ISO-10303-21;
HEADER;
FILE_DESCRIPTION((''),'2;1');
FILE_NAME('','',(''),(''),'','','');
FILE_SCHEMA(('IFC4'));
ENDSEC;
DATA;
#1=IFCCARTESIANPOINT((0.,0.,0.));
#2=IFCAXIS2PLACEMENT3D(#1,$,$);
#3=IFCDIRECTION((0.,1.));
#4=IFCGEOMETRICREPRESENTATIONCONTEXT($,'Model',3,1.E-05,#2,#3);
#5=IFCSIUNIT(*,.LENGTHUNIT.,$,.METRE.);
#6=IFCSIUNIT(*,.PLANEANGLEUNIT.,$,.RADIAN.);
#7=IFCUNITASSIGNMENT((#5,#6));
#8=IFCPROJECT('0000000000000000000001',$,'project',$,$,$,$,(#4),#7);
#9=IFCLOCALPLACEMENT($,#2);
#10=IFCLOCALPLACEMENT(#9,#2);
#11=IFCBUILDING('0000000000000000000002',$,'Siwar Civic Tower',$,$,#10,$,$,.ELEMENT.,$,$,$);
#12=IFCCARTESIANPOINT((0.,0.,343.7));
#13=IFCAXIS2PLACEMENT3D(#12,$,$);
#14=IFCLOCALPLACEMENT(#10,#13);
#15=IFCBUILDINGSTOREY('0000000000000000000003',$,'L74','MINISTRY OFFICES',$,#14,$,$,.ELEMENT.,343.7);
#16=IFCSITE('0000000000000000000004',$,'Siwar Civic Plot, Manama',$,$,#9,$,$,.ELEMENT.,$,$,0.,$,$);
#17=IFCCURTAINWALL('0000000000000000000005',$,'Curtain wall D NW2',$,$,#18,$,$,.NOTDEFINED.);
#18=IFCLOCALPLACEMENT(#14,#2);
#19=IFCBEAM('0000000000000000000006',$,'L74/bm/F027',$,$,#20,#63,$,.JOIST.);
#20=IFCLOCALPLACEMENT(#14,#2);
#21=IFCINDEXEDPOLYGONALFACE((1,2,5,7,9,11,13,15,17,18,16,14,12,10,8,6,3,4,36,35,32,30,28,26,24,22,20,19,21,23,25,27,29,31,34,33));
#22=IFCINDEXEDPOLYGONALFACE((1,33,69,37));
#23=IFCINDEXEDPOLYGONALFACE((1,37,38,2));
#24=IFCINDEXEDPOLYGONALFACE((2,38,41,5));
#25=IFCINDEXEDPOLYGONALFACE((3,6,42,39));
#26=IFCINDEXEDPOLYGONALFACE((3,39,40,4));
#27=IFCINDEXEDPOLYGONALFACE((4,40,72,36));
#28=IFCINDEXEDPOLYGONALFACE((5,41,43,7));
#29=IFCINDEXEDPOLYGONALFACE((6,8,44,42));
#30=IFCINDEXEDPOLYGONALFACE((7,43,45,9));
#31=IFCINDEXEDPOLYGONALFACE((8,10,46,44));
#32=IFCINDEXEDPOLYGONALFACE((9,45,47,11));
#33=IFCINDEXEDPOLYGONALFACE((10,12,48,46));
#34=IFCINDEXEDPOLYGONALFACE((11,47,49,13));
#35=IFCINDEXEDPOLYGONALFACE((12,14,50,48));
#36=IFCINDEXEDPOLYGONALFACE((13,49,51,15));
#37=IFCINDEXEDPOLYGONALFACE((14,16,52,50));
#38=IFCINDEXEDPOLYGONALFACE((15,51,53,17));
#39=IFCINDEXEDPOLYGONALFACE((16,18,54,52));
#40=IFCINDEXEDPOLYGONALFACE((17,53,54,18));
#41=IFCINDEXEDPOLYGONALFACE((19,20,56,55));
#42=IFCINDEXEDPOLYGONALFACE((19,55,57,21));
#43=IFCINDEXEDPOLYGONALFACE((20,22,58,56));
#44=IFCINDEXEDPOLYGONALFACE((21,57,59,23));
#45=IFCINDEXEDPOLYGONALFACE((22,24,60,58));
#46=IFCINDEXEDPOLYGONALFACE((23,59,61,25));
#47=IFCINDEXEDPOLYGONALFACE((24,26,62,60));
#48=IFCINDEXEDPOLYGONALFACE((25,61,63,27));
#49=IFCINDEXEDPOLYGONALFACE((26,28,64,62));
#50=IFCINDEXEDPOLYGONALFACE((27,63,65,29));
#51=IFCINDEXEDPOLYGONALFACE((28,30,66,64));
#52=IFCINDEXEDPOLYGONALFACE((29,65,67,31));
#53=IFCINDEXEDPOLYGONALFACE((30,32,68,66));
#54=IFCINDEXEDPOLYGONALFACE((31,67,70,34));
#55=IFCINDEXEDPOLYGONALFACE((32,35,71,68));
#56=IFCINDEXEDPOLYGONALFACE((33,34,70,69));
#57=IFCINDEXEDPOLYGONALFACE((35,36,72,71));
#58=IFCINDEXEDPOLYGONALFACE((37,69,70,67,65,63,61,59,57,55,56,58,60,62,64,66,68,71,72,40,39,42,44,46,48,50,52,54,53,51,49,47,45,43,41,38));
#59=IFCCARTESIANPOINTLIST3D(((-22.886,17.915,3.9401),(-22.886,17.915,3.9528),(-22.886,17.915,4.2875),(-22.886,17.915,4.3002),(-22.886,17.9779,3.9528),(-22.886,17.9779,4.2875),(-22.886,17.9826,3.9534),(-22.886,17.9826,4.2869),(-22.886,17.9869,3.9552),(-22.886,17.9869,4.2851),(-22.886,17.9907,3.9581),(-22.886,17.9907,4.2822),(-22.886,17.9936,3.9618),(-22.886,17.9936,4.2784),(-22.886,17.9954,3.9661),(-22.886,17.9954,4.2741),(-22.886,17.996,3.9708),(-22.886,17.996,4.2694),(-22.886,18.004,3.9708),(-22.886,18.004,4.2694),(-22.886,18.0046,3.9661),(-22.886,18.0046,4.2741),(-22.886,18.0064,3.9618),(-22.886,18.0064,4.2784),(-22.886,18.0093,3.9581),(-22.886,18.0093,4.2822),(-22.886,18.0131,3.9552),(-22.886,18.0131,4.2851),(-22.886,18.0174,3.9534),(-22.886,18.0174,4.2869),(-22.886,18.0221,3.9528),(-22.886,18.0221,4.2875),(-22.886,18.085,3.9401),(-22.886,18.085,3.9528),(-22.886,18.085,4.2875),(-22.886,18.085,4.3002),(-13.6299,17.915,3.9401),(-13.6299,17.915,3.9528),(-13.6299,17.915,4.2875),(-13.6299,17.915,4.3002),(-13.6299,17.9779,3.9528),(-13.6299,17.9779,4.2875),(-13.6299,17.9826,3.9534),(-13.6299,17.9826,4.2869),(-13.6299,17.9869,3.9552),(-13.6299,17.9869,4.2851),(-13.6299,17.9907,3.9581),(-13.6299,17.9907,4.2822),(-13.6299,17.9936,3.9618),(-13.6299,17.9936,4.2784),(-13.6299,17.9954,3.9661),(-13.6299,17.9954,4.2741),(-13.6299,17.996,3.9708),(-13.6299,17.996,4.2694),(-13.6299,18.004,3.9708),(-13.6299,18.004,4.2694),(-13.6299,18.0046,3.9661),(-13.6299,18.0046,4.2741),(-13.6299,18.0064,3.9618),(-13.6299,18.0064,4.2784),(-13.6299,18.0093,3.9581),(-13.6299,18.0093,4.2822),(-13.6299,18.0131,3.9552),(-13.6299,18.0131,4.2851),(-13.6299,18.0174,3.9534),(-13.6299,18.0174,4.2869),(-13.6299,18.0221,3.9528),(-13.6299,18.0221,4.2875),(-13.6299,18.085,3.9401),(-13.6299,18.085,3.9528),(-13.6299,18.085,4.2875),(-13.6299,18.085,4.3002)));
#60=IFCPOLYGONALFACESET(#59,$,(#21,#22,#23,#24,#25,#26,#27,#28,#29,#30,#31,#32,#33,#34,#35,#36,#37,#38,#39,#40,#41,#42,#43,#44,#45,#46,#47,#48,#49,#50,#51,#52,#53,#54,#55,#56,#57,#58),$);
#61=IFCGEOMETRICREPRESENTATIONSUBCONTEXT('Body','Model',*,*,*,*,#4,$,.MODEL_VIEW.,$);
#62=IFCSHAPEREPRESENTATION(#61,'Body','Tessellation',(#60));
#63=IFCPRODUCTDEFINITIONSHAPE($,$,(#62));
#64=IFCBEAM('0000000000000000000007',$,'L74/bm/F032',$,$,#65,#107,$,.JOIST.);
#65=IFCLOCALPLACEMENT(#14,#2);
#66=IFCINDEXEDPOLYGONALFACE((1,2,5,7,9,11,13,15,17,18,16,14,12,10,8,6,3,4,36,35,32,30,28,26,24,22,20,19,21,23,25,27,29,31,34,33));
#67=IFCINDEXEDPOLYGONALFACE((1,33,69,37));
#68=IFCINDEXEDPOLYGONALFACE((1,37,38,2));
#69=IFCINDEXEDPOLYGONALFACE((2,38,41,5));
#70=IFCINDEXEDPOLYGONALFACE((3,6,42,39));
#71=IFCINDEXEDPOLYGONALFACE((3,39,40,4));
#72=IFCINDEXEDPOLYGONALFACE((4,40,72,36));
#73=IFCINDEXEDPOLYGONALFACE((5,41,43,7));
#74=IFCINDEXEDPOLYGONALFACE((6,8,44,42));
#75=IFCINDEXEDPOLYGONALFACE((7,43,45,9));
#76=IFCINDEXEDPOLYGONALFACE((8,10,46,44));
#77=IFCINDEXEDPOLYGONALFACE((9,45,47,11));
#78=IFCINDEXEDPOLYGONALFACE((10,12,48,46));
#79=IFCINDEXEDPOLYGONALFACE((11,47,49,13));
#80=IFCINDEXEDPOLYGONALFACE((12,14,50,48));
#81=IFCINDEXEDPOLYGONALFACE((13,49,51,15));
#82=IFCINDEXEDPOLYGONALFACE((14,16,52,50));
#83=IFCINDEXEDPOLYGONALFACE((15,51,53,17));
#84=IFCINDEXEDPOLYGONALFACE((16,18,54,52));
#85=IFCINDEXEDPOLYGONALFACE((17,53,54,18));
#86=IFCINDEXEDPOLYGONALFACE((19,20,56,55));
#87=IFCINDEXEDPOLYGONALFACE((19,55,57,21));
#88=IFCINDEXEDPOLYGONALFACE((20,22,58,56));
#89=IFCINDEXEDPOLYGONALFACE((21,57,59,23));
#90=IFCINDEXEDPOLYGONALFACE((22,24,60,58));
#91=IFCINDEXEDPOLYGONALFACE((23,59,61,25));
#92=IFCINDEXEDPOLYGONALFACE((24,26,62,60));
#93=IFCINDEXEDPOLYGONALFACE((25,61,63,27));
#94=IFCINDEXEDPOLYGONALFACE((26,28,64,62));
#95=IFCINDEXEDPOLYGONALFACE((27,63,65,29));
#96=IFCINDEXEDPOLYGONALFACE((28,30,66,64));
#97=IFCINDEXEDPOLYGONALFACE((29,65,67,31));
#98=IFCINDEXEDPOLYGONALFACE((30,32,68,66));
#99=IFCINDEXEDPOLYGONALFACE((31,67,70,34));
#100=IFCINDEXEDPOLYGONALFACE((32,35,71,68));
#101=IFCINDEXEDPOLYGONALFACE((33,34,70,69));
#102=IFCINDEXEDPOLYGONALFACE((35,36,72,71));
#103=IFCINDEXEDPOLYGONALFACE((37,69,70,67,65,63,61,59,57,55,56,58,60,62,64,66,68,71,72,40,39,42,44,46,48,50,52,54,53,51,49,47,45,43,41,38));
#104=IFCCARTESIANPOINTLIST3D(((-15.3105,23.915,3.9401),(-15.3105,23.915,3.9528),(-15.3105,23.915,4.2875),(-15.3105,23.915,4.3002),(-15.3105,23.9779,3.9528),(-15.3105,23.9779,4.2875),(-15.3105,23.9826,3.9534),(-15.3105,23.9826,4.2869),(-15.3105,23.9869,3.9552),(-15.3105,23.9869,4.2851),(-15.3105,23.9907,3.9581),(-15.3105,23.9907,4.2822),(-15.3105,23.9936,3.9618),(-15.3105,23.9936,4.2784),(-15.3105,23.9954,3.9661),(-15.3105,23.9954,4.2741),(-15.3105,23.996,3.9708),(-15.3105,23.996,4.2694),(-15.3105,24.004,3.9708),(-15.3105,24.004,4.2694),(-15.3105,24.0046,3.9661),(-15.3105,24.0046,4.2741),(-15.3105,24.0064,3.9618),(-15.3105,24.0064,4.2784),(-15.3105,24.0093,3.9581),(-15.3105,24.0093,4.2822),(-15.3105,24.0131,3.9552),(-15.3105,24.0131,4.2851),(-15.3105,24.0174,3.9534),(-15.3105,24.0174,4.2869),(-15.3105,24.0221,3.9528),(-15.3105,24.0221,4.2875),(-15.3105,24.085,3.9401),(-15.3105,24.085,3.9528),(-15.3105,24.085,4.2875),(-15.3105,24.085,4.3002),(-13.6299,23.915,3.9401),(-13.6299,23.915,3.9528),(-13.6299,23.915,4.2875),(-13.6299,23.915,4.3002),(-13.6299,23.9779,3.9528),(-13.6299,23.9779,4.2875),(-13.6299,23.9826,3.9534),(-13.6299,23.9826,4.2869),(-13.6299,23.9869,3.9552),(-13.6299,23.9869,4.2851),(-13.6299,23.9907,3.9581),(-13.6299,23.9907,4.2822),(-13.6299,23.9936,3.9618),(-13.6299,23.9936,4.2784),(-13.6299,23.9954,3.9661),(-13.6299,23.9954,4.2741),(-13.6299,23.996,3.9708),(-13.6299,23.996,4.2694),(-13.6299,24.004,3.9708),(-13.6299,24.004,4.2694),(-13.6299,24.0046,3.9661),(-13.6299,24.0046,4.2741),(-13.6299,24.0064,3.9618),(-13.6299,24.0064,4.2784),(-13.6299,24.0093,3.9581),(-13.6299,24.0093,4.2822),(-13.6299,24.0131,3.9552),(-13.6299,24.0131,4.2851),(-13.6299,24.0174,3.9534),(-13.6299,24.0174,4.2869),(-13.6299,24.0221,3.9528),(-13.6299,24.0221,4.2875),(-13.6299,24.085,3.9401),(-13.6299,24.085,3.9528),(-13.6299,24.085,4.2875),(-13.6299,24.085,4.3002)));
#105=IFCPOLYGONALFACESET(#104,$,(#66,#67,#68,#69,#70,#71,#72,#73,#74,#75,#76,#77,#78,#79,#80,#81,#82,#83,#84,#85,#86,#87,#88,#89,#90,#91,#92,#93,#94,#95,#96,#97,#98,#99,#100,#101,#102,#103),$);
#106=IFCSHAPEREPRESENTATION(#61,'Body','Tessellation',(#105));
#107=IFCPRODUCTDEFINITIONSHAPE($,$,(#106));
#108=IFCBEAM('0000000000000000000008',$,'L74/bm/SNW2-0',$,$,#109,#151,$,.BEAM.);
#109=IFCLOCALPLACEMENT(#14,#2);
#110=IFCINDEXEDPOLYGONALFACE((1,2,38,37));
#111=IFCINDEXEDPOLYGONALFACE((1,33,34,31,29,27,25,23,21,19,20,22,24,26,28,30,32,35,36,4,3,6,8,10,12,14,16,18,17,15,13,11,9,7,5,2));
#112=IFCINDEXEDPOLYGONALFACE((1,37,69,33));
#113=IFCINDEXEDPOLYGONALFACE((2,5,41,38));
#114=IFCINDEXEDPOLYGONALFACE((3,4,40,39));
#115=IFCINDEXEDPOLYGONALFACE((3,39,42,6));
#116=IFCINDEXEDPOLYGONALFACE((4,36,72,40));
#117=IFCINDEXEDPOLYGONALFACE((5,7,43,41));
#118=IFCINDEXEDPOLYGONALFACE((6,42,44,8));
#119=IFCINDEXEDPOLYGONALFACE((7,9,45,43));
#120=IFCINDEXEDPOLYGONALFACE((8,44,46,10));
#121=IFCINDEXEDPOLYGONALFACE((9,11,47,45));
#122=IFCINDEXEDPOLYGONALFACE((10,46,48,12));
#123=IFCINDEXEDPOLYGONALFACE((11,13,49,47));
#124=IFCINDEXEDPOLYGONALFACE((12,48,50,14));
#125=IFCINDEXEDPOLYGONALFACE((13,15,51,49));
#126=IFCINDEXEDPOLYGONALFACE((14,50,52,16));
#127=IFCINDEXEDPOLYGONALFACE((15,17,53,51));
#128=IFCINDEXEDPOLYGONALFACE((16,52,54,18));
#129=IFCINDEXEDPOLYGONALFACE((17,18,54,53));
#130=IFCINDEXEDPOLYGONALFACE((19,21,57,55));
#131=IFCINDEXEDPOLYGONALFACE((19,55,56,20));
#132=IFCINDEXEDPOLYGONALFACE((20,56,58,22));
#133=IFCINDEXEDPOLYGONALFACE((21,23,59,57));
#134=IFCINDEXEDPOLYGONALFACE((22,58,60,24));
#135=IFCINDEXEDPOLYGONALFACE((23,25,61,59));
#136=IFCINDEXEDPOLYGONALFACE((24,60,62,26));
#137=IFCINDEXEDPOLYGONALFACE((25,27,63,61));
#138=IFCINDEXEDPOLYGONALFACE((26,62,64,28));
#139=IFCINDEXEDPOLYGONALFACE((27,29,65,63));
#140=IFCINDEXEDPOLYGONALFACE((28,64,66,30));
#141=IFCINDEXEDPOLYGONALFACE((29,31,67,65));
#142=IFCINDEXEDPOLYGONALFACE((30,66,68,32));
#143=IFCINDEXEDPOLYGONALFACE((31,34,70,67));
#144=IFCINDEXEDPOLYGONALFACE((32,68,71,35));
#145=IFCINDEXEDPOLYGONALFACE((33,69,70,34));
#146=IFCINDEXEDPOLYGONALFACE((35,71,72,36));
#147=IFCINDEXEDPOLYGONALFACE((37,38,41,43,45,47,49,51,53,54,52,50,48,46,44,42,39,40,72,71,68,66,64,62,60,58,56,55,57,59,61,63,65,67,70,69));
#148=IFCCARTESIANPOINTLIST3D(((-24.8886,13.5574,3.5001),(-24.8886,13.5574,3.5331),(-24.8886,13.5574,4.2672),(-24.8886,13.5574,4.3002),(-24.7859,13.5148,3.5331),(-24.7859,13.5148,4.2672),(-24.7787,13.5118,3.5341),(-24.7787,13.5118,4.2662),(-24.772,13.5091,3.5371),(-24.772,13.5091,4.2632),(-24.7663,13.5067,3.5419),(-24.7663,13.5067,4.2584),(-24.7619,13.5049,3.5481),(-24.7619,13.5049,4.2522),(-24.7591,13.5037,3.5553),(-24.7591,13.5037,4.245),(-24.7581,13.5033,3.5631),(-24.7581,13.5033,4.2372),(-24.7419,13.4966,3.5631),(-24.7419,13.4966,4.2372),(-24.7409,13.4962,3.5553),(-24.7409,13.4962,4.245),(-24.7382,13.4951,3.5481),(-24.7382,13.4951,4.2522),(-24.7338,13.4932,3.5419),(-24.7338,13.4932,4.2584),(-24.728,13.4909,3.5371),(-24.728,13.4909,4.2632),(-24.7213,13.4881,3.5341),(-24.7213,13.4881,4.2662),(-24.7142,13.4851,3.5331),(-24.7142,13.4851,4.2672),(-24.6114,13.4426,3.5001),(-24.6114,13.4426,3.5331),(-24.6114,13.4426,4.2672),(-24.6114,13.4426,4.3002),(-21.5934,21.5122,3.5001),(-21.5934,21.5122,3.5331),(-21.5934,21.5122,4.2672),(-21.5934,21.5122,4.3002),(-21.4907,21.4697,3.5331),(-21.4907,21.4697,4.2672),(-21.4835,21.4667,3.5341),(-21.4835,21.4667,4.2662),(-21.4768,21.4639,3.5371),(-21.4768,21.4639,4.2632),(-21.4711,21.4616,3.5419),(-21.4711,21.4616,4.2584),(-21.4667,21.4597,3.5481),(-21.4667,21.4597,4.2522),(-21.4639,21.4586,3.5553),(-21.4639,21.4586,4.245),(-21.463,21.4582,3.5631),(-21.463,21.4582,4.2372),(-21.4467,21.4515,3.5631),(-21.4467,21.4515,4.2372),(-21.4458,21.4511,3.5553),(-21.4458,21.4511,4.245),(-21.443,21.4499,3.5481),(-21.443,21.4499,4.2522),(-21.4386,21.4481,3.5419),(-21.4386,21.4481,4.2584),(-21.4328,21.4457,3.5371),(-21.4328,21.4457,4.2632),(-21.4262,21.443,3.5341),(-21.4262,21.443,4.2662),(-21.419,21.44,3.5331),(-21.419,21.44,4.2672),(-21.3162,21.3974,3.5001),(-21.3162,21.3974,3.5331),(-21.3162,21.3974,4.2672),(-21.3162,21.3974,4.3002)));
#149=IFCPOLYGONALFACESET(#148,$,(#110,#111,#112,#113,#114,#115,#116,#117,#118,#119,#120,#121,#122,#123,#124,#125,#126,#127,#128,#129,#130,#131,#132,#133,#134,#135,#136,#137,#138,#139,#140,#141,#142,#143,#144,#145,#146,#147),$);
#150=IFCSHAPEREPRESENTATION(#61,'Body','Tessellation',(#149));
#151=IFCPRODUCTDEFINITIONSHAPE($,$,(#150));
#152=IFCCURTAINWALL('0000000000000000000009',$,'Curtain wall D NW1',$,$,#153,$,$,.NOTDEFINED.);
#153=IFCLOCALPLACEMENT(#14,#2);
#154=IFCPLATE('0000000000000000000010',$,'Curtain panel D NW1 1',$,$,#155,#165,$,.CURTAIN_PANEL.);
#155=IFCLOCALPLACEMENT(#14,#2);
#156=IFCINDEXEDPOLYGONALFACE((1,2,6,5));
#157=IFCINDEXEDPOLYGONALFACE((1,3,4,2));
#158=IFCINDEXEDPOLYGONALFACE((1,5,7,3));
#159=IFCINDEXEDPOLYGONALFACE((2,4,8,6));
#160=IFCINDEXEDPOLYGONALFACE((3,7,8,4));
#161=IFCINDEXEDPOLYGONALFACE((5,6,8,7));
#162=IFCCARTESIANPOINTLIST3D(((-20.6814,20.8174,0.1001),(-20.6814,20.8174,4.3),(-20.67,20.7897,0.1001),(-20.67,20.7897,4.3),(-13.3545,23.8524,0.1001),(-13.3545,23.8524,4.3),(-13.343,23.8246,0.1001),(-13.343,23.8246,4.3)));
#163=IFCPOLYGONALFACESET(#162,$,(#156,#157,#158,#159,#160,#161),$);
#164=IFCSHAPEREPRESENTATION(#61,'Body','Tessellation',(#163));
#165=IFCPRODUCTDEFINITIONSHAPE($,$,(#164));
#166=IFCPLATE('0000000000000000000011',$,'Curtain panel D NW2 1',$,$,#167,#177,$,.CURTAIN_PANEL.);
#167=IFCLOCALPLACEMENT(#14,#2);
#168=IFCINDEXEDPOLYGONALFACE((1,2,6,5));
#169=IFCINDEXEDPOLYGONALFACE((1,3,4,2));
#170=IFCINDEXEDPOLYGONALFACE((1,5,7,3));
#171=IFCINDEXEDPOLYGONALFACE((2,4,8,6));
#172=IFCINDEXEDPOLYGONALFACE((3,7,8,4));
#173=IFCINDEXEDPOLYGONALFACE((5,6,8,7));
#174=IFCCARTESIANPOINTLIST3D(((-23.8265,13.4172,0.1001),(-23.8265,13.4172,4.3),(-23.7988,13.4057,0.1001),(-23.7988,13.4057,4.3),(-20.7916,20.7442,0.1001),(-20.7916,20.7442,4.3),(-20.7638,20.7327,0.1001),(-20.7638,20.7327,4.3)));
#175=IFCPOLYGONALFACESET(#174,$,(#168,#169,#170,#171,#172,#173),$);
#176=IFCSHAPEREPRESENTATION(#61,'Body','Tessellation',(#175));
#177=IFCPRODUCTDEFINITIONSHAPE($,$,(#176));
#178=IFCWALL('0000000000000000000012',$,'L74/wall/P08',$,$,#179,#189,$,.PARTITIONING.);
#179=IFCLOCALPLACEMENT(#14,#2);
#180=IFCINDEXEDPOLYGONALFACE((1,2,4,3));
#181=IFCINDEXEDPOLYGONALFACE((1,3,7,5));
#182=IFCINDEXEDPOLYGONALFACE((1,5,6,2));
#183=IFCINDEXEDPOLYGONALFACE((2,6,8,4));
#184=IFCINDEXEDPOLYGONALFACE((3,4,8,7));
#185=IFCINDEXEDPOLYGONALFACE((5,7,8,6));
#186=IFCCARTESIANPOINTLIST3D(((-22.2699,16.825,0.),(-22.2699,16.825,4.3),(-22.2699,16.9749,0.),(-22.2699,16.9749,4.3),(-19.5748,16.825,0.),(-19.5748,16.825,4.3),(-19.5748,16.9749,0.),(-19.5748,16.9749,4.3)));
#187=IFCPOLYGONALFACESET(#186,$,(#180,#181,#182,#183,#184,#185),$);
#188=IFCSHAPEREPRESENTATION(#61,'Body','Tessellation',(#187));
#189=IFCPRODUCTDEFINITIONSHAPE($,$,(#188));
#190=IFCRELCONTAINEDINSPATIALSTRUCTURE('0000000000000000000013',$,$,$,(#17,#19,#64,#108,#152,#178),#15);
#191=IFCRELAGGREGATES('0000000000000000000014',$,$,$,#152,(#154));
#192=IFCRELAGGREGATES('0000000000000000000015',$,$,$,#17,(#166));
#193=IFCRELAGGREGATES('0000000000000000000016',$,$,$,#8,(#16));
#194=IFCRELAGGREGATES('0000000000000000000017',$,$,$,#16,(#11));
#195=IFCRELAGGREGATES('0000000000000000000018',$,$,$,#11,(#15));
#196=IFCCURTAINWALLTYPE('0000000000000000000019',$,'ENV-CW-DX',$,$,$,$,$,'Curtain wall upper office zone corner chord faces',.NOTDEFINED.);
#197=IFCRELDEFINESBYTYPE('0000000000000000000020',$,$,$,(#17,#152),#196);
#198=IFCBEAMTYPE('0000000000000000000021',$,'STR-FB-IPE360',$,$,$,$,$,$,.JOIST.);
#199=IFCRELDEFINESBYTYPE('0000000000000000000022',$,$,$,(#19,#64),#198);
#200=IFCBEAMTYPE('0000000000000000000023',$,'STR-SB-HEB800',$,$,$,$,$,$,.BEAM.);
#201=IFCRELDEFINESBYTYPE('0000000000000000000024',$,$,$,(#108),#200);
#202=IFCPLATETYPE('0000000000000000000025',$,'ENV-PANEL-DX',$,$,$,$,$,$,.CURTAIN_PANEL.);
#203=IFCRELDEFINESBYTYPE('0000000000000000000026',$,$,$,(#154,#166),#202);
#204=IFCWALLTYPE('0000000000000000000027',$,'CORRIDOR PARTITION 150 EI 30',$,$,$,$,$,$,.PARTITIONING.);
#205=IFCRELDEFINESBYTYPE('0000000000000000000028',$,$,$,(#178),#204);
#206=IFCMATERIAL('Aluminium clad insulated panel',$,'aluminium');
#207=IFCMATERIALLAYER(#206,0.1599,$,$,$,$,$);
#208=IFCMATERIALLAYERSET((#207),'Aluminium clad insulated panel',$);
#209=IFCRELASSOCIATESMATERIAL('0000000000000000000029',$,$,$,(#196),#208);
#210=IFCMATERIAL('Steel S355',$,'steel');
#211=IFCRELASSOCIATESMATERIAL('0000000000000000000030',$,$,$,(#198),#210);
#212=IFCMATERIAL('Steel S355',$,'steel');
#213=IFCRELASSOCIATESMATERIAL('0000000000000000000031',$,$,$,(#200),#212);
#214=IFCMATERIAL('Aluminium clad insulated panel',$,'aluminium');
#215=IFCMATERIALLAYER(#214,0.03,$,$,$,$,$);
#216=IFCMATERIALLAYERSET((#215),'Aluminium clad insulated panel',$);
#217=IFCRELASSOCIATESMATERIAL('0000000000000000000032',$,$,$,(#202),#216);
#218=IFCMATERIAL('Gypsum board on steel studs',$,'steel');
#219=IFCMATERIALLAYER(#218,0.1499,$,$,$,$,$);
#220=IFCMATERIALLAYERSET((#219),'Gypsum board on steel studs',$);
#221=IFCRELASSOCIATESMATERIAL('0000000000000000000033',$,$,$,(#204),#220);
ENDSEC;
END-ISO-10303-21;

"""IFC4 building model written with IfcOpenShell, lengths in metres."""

from ifc_helpers import new_model, si_unit, direction, frame, frame_2d, origin, origin_2d, place, context, subcontext, project, spatial, rectangle, i_section, extrude, material, layer, layer_set, material_profile, profile_set, type_object, element, aggregate, save


model = new_model("IFC4")

# Units and contexts
model_context = context("Model", 3, precision=1e-05, world=origin(), true_north=direction((0.0, 1.0)))
body_context = subcontext(model_context, "Body", "Model", "MODEL_VIEW")
ifc_project = project(units=[si_unit("LENGTHUNIT", "METRE"), si_unit("PLANEANGLEUNIT", "RADIAN")], contexts=[model_context])

# Site, building, storey
site_placement = place(None, origin())
site = spatial("IfcSite", under=ifc_project, at=site_placement, Name="Siwar Civic Plot, Manama", CompositionType="ELEMENT", RefElevation=0.0)
building_placement = place(site_placement, origin())
building = spatial("IfcBuilding", under=site, at=building_placement, Name="Siwar Civic Tower", CompositionType="ELEMENT")
storey_placement = place(building_placement, frame((0.0, 0.0, 343.7)))
storey = spatial("IfcBuildingStorey", under=building, at=storey_placement, Name="L74", Description="MINISTRY OFFICES", CompositionType="ELEMENT", Elevation=343.7)

# Curtain wall
ifc_material_1 = material(Name="Aluminium clad insulated panel", Category="aluminium")
ifc_layer_1 = layer(ifc_material_1, 0.1599)
ifc_layer_set_1 = layer_set([ifc_layer_1], Name="Aluminium clad insulated panel")
curtain_wall_type = type_object("IfcCurtainWallType", Name="ENV-CW-DX", ElementType="Curtain wall upper office zone corner chord faces", PredefinedType="NOTDEFINED", material=ifc_layer_set_1)
curtain_wall_1_placement = place(storey_placement, origin())
curtain_wall_1 = element("IfcCurtainWall", 1, at=curtain_wall_1_placement, inside=storey, type_object=curtain_wall_type, Name="Curtain wall D NW2", PredefinedType="NOTDEFINED")

# Beams
ifc_material_2 = material(Name="Steel S355", Category="steel")
ifc_material_profile_1 = material_profile(ifc_material_2, i_section(OverallWidth=0.1699, OverallDepth=0.3601, WebThickness=0.0081, FlangeThickness=0.0127, FilletRadius=0.0181, at=origin_2d()), Name="IPE360")
ifc_profile_set_1 = profile_set([ifc_material_profile_1], Name="Steel S355")
beam_type_1 = type_object("IfcBeamType", Name="STR-FB-IPE360", PredefinedType="JOIST", material=ifc_profile_set_1)
beam_1_placement = place(storey_placement, frame((-22.886, 18.0, 4.1201), z_axis=(1.0, 0.0, 0.0), x_axis=(0.0, 1.0, 0.0)))
element("IfcBeam", 2, at=beam_1_placement, inside=storey, type_object=beam_type_1, Name="L74/bm/F027", PredefinedType="JOIST", context=body_context, shape_type="SweptSolid", body=[
    extrude(i_section(OverallWidth=0.1699, OverallDepth=0.3601, WebThickness=0.0081, FlangeThickness=0.0127, FilletRadius=0.0181, at=origin_2d()), origin(), (0.0, 0.0, 1.0), 9.2561),
])
beam_2_placement = place(storey_placement, frame((-15.3105, 24.0, 4.1201), z_axis=(1.0, 0.0, 0.0), x_axis=(0.0, 1.0, 0.0)))
element("IfcBeam", 3, at=beam_2_placement, inside=storey, type_object=beam_type_1, Name="L74/bm/F032", PredefinedType="JOIST", context=body_context, shape_type="SweptSolid", body=[
    extrude(i_section(OverallWidth=0.1699, OverallDepth=0.3601, WebThickness=0.0081, FlangeThickness=0.0127, FilletRadius=0.0181, at=origin_2d()), origin(), (0.0, 0.0, 1.0), 1.6807),
])
ifc_material_3 = material(Name="Steel S355", Category="steel")
ifc_material_profile_2 = material_profile(ifc_material_3, i_section(OverallWidth=0.3, OverallDepth=0.8, WebThickness=0.0176, FlangeThickness=0.033, FilletRadius=0.03, at=origin_2d()), Name="HEB800")
ifc_profile_set_2 = profile_set([ifc_material_profile_2], Name="Steel S355")
beam_type_2 = type_object("IfcBeamType", Name="STR-SB-HEB800", PredefinedType="BEAM", material=ifc_profile_set_2)
beam_3_placement = place(storey_placement, frame((-21.4548, 21.4548, 3.9001), z_axis=(-0.3827, -0.923873, 0.0), x_axis=(0.923873, -0.3827, 0.0)))
element("IfcBeam", 4, at=beam_3_placement, inside=storey, type_object=beam_type_2, Name="L74/bm/SNW2-0", PredefinedType="BEAM", context=body_context, shape_type="SweptSolid", body=[
    extrude(i_section(OverallWidth=0.3, OverallDepth=0.8, WebThickness=0.0176, FlangeThickness=0.033, FilletRadius=0.03, at=origin_2d()), origin(), (0.0, 0.0, 1.0), 8.6104),
])

# Curtain wall, plate
curtain_wall_2_placement = place(storey_placement, origin())
curtain_wall_2 = element("IfcCurtainWall", 5, at=curtain_wall_2_placement, inside=storey, type_object=curtain_wall_type, Name="Curtain wall D NW1", PredefinedType="NOTDEFINED")
ifc_material_4 = material(Name="Aluminium clad insulated panel", Category="aluminium")
ifc_layer_2 = layer(ifc_material_4, 0.03)
ifc_layer_set_2 = layer_set([ifc_layer_2], Name="Aluminium clad insulated panel")
plate_type = type_object("IfcPlateType", Name="ENV-PANEL-DX", PredefinedType="CURTAIN_PANEL", material=ifc_layer_set_2)
plate_1_placement = place(storey_placement, frame((-17.0122, 22.321, 0.1001), z_axis=(0.0, 0.0, 1.0), x_axis=(-0.92388, -0.382683, 0.0)))
plate_1 = element("IfcPlate", 6, at=plate_1_placement, type_object=plate_type, Name="Curtain panel D NW1 1", PredefinedType="CURTAIN_PANEL", context=body_context, shape_type="SweptSolid", body=[
    extrude(rectangle(XDim=7.9307, YDim=0.03, at=origin_2d()), origin(), (0.0, 0.0, 1.0), 4.2),
])
aggregate(curtain_wall_2, [plate_1])

# Plate
plate_2_placement = place(storey_placement, frame((-22.2952, 17.075, 0.1001), z_axis=(0.0, 0.0, 1.0), x_axis=(-0.382683, -0.92388, 0.0)))
plate_2 = element("IfcPlate", 7, at=plate_2_placement, type_object=plate_type, Name="Curtain panel D NW2 1", PredefinedType="CURTAIN_PANEL", context=body_context, shape_type="SweptSolid", body=[
    extrude(rectangle(XDim=7.9307, YDim=0.03, at=origin_2d()), origin(), (0.0, 0.0, 1.0), 4.2),
])
aggregate(curtain_wall_1, [plate_2])

# Wall
ifc_material_5 = material(Name="Gypsum board on steel studs", Category="steel")
ifc_layer_3 = layer(ifc_material_5, 0.1499)
ifc_layer_set_3 = layer_set([ifc_layer_3], Name="Gypsum board on steel studs")
wall_type_1 = type_object("IfcWallType", Name="CORRIDOR PARTITION 150 EI 30", PredefinedType="PARTITIONING", material=ifc_layer_set_3)
wall_1_placement = place(storey_placement, frame((-22.27, 16.8999, 0.0), z_axis=(0.0, 0.0, 1.0), x_axis=(1.0, 0.0, 0.0)))
element("IfcWall", 8, at=wall_1_placement, inside=storey, type_object=wall_type_1, Name="L74/wall/P08", PredefinedType="PARTITIONING", context=body_context, shape_type="SweptSolid", body=[
    extrude(rectangle(XDim=2.6951, YDim=0.1499, at=frame_2d((1.3477, 0.0))), origin(), (0.0, 0.0, 1.0), 4.3),
])

save(model, "model.ifc")
